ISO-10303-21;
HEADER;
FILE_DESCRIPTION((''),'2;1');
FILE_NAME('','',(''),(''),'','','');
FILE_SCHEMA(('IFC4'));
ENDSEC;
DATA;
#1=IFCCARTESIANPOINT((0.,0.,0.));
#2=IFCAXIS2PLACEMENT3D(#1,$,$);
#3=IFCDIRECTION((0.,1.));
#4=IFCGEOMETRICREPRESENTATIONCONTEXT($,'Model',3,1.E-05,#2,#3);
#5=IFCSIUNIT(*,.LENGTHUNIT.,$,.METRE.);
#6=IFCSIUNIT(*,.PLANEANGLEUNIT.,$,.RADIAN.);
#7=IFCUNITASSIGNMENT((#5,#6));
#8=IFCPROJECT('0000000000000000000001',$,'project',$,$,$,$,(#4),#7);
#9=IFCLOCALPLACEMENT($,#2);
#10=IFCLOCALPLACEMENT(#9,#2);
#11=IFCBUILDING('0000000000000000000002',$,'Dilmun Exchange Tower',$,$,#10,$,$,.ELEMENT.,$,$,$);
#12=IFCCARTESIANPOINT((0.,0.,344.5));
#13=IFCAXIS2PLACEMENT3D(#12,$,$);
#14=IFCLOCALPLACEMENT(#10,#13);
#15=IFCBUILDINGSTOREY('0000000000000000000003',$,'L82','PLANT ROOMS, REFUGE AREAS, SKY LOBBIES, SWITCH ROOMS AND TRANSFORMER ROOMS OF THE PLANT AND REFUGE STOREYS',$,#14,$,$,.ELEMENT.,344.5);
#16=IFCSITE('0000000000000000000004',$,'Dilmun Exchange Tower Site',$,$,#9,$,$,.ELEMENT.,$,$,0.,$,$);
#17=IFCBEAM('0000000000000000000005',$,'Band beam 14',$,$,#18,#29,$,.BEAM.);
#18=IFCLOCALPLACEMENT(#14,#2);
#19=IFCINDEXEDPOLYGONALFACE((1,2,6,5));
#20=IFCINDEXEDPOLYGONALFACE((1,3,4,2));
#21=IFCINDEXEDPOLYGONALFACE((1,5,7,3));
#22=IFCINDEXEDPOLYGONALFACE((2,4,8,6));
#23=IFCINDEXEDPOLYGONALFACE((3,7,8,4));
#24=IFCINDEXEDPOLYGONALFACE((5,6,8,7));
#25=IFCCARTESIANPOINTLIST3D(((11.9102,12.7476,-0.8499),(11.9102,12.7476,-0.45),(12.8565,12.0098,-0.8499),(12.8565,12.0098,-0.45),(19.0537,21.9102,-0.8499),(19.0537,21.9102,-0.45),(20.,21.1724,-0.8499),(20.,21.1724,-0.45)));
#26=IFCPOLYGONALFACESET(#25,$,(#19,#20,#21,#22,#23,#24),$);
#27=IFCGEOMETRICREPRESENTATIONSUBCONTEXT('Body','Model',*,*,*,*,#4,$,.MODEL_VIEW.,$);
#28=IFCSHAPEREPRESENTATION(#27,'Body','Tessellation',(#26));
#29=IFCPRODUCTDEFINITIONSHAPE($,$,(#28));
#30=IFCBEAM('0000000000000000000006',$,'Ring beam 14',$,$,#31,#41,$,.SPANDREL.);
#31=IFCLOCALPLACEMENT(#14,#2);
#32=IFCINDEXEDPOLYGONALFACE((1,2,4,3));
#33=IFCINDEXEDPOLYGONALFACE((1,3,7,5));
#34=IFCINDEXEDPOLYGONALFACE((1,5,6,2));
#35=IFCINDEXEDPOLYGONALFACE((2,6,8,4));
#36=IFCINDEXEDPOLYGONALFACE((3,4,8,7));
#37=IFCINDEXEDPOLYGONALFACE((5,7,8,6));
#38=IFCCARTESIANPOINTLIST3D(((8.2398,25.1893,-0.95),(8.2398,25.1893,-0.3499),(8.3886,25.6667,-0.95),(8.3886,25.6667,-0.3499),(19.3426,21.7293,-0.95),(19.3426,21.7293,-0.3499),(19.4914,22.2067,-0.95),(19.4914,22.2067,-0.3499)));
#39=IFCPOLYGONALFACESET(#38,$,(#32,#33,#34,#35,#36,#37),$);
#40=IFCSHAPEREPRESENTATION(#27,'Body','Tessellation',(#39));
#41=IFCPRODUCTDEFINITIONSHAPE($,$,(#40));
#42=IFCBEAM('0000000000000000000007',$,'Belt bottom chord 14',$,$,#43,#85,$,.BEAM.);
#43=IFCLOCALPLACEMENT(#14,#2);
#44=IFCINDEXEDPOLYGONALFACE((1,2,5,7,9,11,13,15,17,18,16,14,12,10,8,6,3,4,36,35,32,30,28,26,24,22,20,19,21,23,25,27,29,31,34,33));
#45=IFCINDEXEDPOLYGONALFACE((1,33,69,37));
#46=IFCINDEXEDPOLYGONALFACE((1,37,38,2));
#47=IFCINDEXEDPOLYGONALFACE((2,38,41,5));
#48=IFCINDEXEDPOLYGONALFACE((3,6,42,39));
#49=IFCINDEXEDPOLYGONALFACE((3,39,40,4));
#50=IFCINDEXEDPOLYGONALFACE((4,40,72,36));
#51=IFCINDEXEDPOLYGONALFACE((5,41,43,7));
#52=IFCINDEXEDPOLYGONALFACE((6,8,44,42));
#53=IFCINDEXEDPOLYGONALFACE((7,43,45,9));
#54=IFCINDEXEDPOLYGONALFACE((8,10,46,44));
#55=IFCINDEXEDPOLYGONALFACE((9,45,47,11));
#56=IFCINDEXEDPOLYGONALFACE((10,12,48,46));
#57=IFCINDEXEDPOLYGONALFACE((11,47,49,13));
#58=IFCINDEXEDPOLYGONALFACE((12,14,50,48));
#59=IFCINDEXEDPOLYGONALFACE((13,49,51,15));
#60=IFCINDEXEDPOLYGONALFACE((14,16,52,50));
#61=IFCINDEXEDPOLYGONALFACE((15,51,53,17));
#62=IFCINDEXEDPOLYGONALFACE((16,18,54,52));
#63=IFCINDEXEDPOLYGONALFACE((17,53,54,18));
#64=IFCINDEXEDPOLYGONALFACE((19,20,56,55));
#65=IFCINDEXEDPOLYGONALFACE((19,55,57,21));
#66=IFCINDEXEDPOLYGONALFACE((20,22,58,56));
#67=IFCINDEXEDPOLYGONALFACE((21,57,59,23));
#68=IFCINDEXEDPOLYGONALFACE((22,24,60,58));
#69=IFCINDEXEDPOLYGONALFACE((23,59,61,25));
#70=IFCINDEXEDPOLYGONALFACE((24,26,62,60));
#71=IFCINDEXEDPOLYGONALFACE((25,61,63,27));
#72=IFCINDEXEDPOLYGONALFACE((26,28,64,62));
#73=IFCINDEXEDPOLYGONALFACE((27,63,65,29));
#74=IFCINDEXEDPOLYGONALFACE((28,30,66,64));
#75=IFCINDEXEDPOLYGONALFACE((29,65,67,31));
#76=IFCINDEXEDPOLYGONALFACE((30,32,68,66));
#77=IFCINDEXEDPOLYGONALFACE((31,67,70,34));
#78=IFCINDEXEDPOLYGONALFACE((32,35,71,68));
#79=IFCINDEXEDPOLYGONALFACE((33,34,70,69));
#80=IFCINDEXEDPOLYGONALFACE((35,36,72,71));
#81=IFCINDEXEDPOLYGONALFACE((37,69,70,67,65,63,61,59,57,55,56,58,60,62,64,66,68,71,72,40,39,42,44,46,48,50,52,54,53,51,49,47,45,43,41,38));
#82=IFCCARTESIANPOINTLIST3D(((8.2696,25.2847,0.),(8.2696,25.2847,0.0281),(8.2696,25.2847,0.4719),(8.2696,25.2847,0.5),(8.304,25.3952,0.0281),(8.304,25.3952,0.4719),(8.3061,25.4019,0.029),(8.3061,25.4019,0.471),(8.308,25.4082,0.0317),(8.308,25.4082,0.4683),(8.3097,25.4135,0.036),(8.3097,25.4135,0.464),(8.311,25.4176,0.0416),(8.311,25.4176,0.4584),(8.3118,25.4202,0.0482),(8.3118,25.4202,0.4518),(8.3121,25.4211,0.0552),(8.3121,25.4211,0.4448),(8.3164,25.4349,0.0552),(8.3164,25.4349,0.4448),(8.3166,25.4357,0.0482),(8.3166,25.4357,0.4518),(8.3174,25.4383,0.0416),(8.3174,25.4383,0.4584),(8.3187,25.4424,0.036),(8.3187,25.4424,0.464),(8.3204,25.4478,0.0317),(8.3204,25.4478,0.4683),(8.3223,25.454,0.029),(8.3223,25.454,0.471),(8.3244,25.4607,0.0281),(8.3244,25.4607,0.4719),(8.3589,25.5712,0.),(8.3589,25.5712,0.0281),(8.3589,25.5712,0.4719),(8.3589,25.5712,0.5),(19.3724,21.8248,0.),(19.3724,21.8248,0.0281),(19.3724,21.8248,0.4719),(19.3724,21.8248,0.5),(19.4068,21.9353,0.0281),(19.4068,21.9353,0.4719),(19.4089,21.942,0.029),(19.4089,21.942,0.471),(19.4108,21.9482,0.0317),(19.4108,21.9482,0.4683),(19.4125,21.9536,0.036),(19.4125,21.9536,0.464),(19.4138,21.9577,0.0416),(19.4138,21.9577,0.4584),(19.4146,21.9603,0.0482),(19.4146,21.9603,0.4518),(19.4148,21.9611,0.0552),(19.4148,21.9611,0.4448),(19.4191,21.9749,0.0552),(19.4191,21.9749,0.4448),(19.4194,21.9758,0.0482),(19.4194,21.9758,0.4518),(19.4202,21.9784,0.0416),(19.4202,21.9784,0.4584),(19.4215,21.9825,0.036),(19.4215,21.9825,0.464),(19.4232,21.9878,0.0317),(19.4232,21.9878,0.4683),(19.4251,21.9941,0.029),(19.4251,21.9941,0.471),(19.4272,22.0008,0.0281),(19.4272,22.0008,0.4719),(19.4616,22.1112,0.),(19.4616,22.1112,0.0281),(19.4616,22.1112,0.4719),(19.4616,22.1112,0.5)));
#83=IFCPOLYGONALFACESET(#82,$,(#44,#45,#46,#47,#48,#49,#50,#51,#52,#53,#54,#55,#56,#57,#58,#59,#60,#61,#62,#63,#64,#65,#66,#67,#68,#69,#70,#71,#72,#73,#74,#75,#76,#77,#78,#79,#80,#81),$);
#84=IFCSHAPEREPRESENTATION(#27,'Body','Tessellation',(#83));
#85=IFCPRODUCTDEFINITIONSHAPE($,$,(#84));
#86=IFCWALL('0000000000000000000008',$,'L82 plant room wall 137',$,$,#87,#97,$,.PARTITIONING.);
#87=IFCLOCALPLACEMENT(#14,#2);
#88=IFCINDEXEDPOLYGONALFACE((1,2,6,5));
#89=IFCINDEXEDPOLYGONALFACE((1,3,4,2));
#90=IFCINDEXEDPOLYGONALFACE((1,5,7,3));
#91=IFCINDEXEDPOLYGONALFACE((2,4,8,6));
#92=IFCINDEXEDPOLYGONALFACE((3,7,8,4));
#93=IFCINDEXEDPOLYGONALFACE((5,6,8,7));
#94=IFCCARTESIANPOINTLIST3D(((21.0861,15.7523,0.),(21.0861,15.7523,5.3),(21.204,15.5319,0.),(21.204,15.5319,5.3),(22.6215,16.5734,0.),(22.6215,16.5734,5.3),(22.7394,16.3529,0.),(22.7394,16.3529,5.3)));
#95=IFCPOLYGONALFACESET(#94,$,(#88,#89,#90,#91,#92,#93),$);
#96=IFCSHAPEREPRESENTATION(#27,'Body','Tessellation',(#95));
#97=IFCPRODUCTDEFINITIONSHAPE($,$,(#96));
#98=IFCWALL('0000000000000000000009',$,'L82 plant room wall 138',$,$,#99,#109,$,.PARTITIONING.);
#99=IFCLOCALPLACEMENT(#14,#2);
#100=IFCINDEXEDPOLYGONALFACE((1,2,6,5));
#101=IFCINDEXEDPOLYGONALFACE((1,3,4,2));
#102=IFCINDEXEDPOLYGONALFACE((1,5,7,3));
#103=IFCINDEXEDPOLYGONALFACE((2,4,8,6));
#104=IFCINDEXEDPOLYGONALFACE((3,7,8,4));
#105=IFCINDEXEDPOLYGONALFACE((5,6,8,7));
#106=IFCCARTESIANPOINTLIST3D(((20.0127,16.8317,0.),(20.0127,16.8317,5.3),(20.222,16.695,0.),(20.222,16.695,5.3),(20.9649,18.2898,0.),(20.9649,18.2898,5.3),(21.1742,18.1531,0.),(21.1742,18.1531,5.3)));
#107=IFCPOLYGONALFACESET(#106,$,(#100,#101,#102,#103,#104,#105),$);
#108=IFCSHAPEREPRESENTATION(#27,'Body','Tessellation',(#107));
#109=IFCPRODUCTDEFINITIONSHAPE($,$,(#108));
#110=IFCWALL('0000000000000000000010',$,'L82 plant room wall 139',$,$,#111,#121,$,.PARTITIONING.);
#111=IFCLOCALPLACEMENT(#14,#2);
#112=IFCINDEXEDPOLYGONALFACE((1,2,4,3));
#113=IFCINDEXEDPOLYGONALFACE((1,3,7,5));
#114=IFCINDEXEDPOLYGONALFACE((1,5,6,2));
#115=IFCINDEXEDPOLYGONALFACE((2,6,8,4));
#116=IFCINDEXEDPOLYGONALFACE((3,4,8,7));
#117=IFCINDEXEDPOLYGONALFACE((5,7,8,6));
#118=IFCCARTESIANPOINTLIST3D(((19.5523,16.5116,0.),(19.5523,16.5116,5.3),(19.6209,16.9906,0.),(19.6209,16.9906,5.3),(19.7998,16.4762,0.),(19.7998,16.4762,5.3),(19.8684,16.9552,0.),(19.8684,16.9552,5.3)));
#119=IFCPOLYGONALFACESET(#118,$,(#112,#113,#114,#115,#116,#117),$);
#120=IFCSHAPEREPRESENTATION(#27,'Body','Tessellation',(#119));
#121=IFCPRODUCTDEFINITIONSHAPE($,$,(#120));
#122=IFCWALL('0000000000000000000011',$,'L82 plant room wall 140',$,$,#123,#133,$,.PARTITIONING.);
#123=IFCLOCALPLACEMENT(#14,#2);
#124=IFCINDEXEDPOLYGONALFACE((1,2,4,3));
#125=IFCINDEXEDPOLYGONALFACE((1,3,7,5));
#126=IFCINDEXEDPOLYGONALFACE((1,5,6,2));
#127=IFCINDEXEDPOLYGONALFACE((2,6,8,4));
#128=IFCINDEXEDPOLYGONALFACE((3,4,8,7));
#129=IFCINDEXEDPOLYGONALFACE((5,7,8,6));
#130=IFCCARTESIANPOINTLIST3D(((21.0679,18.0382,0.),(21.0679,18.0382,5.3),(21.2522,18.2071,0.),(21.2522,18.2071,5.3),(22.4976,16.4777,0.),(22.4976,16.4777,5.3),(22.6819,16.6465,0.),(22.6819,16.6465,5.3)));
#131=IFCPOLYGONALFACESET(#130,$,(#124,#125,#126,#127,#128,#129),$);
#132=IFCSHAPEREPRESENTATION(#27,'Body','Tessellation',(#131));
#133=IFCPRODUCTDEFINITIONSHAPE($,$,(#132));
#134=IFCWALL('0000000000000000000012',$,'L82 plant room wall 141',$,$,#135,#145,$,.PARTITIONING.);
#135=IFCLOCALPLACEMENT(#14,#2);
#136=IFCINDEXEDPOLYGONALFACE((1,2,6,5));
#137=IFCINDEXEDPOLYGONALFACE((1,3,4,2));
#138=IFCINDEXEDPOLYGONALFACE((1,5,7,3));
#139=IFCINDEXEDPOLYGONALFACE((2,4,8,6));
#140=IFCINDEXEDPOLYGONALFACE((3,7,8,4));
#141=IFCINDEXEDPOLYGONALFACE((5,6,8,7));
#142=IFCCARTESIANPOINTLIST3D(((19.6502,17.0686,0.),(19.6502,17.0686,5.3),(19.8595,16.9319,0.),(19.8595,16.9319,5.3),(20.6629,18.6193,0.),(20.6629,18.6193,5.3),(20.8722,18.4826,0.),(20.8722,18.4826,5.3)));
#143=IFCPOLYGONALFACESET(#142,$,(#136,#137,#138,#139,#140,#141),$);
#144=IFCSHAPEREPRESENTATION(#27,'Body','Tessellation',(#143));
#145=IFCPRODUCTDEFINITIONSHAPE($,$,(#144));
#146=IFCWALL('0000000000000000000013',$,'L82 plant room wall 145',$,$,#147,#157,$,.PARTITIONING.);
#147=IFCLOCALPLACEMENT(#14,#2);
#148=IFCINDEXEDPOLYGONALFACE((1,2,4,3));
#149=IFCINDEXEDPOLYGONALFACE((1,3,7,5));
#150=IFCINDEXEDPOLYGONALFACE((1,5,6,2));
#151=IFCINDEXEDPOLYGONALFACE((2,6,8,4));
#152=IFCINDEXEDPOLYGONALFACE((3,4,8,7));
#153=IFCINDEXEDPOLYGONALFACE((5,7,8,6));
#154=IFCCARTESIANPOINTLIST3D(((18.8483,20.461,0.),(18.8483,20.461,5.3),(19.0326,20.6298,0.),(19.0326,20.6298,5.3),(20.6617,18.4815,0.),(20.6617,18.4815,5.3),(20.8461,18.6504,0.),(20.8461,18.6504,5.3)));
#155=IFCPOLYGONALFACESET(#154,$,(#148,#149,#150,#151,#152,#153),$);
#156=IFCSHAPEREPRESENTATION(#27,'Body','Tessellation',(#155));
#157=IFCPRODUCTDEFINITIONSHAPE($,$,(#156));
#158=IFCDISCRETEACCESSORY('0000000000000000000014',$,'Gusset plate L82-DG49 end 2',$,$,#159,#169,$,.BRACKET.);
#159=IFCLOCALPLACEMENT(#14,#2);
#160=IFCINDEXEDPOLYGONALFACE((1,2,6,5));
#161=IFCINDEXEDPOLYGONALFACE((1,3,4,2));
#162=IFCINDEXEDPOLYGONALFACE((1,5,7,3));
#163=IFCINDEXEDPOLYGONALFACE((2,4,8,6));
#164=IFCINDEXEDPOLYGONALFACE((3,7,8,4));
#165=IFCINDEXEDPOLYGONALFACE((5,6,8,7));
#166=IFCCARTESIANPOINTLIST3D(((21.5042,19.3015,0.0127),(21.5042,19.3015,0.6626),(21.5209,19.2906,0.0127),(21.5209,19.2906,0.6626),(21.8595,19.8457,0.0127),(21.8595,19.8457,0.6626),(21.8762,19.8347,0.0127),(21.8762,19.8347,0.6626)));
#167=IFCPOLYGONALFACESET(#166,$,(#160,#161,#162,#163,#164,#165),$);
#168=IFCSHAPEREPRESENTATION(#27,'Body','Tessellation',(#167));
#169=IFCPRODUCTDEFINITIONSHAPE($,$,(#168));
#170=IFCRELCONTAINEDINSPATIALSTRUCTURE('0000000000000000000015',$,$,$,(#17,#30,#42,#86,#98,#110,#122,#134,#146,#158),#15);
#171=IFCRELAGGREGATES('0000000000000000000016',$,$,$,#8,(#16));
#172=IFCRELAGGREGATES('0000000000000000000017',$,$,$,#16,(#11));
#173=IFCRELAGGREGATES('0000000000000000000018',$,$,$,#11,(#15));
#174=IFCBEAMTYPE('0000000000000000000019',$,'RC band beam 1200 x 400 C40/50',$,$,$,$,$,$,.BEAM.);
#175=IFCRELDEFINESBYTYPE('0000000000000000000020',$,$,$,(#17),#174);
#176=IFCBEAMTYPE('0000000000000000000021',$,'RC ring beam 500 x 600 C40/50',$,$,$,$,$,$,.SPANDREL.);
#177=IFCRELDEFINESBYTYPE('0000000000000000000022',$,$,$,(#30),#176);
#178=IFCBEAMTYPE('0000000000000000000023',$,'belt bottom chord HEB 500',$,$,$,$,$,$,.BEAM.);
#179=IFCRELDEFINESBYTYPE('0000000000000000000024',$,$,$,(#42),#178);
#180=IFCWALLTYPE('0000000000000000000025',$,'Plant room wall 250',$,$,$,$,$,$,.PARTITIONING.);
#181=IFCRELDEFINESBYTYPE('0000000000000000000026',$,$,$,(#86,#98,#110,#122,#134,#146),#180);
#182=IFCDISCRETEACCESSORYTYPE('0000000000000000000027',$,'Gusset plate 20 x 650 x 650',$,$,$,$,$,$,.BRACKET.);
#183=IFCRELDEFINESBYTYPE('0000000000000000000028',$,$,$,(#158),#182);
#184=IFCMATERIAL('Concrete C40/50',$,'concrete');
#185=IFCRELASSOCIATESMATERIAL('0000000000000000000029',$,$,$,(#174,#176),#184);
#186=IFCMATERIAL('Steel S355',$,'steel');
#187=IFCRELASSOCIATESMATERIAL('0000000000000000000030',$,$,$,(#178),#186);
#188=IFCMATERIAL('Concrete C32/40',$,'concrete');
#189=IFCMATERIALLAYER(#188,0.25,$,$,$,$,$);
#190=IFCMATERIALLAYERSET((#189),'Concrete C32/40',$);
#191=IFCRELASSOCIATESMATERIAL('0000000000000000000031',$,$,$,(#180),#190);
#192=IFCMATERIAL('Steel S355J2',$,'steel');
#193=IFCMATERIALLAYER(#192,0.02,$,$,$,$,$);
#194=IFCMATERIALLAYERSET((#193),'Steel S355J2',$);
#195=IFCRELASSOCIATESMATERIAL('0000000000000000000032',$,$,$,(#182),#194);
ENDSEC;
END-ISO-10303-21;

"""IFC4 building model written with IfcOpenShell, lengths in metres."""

from ifc_helpers import new_model, si_unit, direction, frame, frame_2d, origin, origin_2d, place, context, subcontext, project, spatial, rectangle, i_section, extrude, material, layer, layer_set, material_profile, profile_set, type_object, element, save


model = new_model("IFC4")

# Units and contexts
model_context = context("Model", 3, precision=1e-05, world=origin(), true_north=direction((0.0, 1.0)))
body_context = subcontext(model_context, "Body", "Model", "MODEL_VIEW")
ifc_project = project(units=[si_unit("LENGTHUNIT", "METRE"), si_unit("PLANEANGLEUNIT", "RADIAN")], contexts=[model_context])

# Site, building, storey
site_placement = place(None, origin())
site = spatial("IfcSite", under=ifc_project, at=site_placement, Name="Dilmun Exchange Tower Site", CompositionType="ELEMENT", RefElevation=0.0)
building_placement = place(site_placement, origin())
building = spatial("IfcBuilding", under=site, at=building_placement, Name="Dilmun Exchange Tower", CompositionType="ELEMENT")
storey_placement = place(building_placement, frame((0.0, 0.0, 344.5)))
storey = spatial("IfcBuildingStorey", under=building, at=storey_placement, Name="L82", Description="PLANT ROOMS, REFUGE AREAS, SKY LOBBIES, SWITCH ROOMS AND TRANSFORMER ROOMS OF THE PLANT AND REFUGE STOREYS", CompositionType="ELEMENT", Elevation=344.5)

# Beams
ifc_material_1 = material(Name="Concrete C40/50", Category="concrete")
ifc_material_profile_1 = material_profile(ifc_material_1, rectangle(XDim=1.2, YDim=0.3999, at=origin_2d()), Name="1200 x 400")
ifc_profile_set_1 = profile_set([ifc_material_profile_1], Name="Concrete C40/50")
beam_type_1 = type_object("IfcBeamType", Name="RC band beam 1200 x 400 C40/50", PredefinedType="BEAM", material=ifc_profile_set_1)
beam_1_placement = place(storey_placement, frame((19.5269, 21.5413, -0.6499), z_axis=(-0.614857, -0.788639, 0.0), x_axis=(0.788639, -0.614857, 0.0)))
element("IfcBeam", 1, at=beam_1_placement, inside=storey, type_object=beam_type_1, Name="Band beam 14", PredefinedType="BEAM", context=body_context, shape_type="SweptSolid", body=[
    extrude(rectangle(XDim=1.2, YDim=0.3999, at=origin_2d()), origin(), (0.0, 0.0, 1.0), 11.6182),
])
ifc_material_profile_2 = material_profile(ifc_material_1, rectangle(XDim=0.5, YDim=0.6001, at=origin_2d()), Name="500 x 600")
ifc_profile_set_2 = profile_set([ifc_material_profile_2], Name="Concrete C40/50")
beam_type_2 = type_object("IfcBeamType", Name="RC ring beam 500 x 600 C40/50", PredefinedType="SPANDREL", material=ifc_profile_set_2)
beam_2_placement = place(storey_placement, frame((19.417, 21.968, -0.6499), z_axis=(-0.954716, 0.297518, 0.0), x_axis=(-0.297518, -0.954716, 0.0)))
element("IfcBeam", 2, at=beam_2_placement, inside=storey, type_object=beam_type_2, Name="Ring beam 14", PredefinedType="SPANDREL", context=body_context, shape_type="SweptSolid", body=[
    extrude(rectangle(XDim=0.5, YDim=0.6001, at=origin_2d()), origin(), (0.0, 0.0, 1.0), 11.6294),
])
ifc_material_2 = material(Name="Steel S355", Category="steel")
ifc_material_profile_3 = material_profile(ifc_material_2, i_section(OverallWidth=0.3, OverallDepth=0.5, WebThickness=0.0144, FlangeThickness=0.0281, FilletRadius=0.0271, at=origin_2d()), Name="HEB 500")
ifc_profile_set_3 = profile_set([ifc_material_profile_3], Name="Steel S355")
beam_type_3 = type_object("IfcBeamType", Name="belt bottom chord HEB 500", PredefinedType="BEAM", material=ifc_profile_set_3)
beam_3_placement = place(storey_placement, frame((19.417, 21.968, 0.25), z_axis=(-0.954716, 0.297518, 0.0), x_axis=(-0.297518, -0.954716, 0.0)))
element("IfcBeam", 3, at=beam_3_placement, inside=storey, type_object=beam_type_3, Name="Belt bottom chord 14", PredefinedType="BEAM", context=body_context, shape_type="SweptSolid", body=[
    extrude(i_section(OverallWidth=0.3, OverallDepth=0.5, WebThickness=0.0144, FlangeThickness=0.0281, FilletRadius=0.0271, at=origin_2d()), origin(), (0.0, 0.0, 1.0), 11.6294),
])

# Walls
ifc_material_3 = material(Name="Concrete C32/40", Category="concrete")
ifc_layer_1 = layer(ifc_material_3, 0.25)
ifc_layer_set_1 = layer_set([ifc_layer_1], Name="Concrete C32/40")
wall_type = type_object("IfcWallType", Name="Plant room wall 250", PredefinedType="PARTITIONING", material=ifc_layer_set_1)
wall_1_placement = place(storey_placement, frame((21.145, 15.6421, 0.0), z_axis=(0.0, 0.0, 1.0), x_axis=(0.881836, 0.471556, 0.0)))
element("IfcWall", 4, at=wall_1_placement, inside=storey, type_object=wall_type, Name="L82 plant room wall 137", PredefinedType="PARTITIONING", context=body_context, shape_type="SweptSolid", body=[
    extrude(rectangle(XDim=1.7412, YDim=0.25, at=frame_2d((0.8706, 0.0))), origin(), (0.0, 0.0, 1.0), 5.3),
])
wall_2_placement = place(storey_placement, frame((20.1174, 16.7634, 0.0), z_axis=(0.0, 0.0, 1.0), x_axis=(0.546781, 0.837276, 0.0)))
element("IfcWall", 5, at=wall_2_placement, inside=storey, type_object=wall_type, Name="L82 plant room wall 138", PredefinedType="PARTITIONING", context=body_context, shape_type="SweptSolid", body=[
    extrude(rectangle(XDim=1.7415, YDim=0.25, at=frame_2d((0.8706, 0.0))), origin(), (0.0, 0.0, 1.0), 5.3),
])
wall_3_placement = place(storey_placement, frame((19.676, 16.4939, 0.0), z_axis=(0.0, 0.0, 1.0), x_axis=(0.141775, 0.989899, 0.0)))
element("IfcWall", 6, at=wall_3_placement, inside=storey, type_object=wall_type, Name="L82 plant room wall 139", PredefinedType="PARTITIONING", context=body_context, shape_type="SweptSolid", body=[
    extrude(rectangle(XDim=0.4839, YDim=0.25, at=frame_2d((0.2419, 0.0))), origin(), (0.0, 0.0, 1.0), 5.3),
])
wall_4_placement = place(storey_placement, frame((21.1602, 18.1226, 0.0), z_axis=(0.0, 0.0, 1.0), x_axis=(0.675516, -0.737346, 0.0)))
element("IfcWall", 7, at=wall_4_placement, inside=storey, type_object=wall_type, Name="L82 plant room wall 140", PredefinedType="PARTITIONING", context=body_context, shape_type="SweptSolid", body=[
    extrude(rectangle(XDim=2.1165, YDim=0.25, at=frame_2d((1.0581, 0.0))), origin(), (0.0, 0.0, 1.0), 5.3),
])
wall_5_placement = place(storey_placement, frame((19.7549, 17.0002, 0.0), z_axis=(0.0, 0.0, 1.0), x_axis=(0.546766, 0.837285, 0.0)))
element("IfcWall", 8, at=wall_5_placement, inside=storey, type_object=wall_type, Name="L82 plant room wall 141", PredefinedType="PARTITIONING", context=body_context, shape_type="SweptSolid", body=[
    extrude(rectangle(XDim=1.8521, YDim=0.25, at=frame_2d((0.926, 0.0))), origin(), (0.0, 0.0, 1.0), 5.3),
])
wall_6_placement = place(storey_placement, frame((18.9404, 20.5454, 0.0), z_axis=(0.0, 0.0, 1.0), x_axis=(0.67551, -0.73735, 0.0)))
element("IfcWall", 9, at=wall_6_placement, inside=storey, type_object=wall_type, Name="L82 plant room wall 145", PredefinedType="PARTITIONING", context=body_context, shape_type="SweptSolid", body=[
    extrude(rectangle(XDim=2.6846, YDim=0.25, at=frame_2d((1.3423, 0.0))), origin(), (0.0, 0.0, 1.0), 5.3),
])

# Discrete accessory
ifc_material_4 = material(Name="Steel S355J2", Category="steel")
ifc_layer_2 = layer(ifc_material_4, 0.02)
ifc_layer_set_2 = layer_set([ifc_layer_2], Name="Steel S355J2")
discrete_accessory_type = type_object("IfcDiscreteAccessoryType", Name="Gusset plate 20 x 650 x 650", PredefinedType="BRACKET", material=ifc_layer_set_2)
discrete_accessory_placement = place(storey_placement, frame((21.6902, 19.5681, 0.0127), z_axis=(0.0, 0.0, 1.0), x_axis=(0.546704, 0.837326, 0.0)))
element("IfcDiscreteAccessory", 10, at=discrete_accessory_placement, inside=storey, type_object=discrete_accessory_type, Name="Gusset plate L82-DG49 end 2", PredefinedType="BRACKET", context=body_context, shape_type="SweptSolid", body=[
    extrude(rectangle(XDim=0.6499, YDim=0.02, at=origin_2d()), origin(), (0.0, 0.0, 1.0), 0.6499),
])

save(model, "model.ifc")
